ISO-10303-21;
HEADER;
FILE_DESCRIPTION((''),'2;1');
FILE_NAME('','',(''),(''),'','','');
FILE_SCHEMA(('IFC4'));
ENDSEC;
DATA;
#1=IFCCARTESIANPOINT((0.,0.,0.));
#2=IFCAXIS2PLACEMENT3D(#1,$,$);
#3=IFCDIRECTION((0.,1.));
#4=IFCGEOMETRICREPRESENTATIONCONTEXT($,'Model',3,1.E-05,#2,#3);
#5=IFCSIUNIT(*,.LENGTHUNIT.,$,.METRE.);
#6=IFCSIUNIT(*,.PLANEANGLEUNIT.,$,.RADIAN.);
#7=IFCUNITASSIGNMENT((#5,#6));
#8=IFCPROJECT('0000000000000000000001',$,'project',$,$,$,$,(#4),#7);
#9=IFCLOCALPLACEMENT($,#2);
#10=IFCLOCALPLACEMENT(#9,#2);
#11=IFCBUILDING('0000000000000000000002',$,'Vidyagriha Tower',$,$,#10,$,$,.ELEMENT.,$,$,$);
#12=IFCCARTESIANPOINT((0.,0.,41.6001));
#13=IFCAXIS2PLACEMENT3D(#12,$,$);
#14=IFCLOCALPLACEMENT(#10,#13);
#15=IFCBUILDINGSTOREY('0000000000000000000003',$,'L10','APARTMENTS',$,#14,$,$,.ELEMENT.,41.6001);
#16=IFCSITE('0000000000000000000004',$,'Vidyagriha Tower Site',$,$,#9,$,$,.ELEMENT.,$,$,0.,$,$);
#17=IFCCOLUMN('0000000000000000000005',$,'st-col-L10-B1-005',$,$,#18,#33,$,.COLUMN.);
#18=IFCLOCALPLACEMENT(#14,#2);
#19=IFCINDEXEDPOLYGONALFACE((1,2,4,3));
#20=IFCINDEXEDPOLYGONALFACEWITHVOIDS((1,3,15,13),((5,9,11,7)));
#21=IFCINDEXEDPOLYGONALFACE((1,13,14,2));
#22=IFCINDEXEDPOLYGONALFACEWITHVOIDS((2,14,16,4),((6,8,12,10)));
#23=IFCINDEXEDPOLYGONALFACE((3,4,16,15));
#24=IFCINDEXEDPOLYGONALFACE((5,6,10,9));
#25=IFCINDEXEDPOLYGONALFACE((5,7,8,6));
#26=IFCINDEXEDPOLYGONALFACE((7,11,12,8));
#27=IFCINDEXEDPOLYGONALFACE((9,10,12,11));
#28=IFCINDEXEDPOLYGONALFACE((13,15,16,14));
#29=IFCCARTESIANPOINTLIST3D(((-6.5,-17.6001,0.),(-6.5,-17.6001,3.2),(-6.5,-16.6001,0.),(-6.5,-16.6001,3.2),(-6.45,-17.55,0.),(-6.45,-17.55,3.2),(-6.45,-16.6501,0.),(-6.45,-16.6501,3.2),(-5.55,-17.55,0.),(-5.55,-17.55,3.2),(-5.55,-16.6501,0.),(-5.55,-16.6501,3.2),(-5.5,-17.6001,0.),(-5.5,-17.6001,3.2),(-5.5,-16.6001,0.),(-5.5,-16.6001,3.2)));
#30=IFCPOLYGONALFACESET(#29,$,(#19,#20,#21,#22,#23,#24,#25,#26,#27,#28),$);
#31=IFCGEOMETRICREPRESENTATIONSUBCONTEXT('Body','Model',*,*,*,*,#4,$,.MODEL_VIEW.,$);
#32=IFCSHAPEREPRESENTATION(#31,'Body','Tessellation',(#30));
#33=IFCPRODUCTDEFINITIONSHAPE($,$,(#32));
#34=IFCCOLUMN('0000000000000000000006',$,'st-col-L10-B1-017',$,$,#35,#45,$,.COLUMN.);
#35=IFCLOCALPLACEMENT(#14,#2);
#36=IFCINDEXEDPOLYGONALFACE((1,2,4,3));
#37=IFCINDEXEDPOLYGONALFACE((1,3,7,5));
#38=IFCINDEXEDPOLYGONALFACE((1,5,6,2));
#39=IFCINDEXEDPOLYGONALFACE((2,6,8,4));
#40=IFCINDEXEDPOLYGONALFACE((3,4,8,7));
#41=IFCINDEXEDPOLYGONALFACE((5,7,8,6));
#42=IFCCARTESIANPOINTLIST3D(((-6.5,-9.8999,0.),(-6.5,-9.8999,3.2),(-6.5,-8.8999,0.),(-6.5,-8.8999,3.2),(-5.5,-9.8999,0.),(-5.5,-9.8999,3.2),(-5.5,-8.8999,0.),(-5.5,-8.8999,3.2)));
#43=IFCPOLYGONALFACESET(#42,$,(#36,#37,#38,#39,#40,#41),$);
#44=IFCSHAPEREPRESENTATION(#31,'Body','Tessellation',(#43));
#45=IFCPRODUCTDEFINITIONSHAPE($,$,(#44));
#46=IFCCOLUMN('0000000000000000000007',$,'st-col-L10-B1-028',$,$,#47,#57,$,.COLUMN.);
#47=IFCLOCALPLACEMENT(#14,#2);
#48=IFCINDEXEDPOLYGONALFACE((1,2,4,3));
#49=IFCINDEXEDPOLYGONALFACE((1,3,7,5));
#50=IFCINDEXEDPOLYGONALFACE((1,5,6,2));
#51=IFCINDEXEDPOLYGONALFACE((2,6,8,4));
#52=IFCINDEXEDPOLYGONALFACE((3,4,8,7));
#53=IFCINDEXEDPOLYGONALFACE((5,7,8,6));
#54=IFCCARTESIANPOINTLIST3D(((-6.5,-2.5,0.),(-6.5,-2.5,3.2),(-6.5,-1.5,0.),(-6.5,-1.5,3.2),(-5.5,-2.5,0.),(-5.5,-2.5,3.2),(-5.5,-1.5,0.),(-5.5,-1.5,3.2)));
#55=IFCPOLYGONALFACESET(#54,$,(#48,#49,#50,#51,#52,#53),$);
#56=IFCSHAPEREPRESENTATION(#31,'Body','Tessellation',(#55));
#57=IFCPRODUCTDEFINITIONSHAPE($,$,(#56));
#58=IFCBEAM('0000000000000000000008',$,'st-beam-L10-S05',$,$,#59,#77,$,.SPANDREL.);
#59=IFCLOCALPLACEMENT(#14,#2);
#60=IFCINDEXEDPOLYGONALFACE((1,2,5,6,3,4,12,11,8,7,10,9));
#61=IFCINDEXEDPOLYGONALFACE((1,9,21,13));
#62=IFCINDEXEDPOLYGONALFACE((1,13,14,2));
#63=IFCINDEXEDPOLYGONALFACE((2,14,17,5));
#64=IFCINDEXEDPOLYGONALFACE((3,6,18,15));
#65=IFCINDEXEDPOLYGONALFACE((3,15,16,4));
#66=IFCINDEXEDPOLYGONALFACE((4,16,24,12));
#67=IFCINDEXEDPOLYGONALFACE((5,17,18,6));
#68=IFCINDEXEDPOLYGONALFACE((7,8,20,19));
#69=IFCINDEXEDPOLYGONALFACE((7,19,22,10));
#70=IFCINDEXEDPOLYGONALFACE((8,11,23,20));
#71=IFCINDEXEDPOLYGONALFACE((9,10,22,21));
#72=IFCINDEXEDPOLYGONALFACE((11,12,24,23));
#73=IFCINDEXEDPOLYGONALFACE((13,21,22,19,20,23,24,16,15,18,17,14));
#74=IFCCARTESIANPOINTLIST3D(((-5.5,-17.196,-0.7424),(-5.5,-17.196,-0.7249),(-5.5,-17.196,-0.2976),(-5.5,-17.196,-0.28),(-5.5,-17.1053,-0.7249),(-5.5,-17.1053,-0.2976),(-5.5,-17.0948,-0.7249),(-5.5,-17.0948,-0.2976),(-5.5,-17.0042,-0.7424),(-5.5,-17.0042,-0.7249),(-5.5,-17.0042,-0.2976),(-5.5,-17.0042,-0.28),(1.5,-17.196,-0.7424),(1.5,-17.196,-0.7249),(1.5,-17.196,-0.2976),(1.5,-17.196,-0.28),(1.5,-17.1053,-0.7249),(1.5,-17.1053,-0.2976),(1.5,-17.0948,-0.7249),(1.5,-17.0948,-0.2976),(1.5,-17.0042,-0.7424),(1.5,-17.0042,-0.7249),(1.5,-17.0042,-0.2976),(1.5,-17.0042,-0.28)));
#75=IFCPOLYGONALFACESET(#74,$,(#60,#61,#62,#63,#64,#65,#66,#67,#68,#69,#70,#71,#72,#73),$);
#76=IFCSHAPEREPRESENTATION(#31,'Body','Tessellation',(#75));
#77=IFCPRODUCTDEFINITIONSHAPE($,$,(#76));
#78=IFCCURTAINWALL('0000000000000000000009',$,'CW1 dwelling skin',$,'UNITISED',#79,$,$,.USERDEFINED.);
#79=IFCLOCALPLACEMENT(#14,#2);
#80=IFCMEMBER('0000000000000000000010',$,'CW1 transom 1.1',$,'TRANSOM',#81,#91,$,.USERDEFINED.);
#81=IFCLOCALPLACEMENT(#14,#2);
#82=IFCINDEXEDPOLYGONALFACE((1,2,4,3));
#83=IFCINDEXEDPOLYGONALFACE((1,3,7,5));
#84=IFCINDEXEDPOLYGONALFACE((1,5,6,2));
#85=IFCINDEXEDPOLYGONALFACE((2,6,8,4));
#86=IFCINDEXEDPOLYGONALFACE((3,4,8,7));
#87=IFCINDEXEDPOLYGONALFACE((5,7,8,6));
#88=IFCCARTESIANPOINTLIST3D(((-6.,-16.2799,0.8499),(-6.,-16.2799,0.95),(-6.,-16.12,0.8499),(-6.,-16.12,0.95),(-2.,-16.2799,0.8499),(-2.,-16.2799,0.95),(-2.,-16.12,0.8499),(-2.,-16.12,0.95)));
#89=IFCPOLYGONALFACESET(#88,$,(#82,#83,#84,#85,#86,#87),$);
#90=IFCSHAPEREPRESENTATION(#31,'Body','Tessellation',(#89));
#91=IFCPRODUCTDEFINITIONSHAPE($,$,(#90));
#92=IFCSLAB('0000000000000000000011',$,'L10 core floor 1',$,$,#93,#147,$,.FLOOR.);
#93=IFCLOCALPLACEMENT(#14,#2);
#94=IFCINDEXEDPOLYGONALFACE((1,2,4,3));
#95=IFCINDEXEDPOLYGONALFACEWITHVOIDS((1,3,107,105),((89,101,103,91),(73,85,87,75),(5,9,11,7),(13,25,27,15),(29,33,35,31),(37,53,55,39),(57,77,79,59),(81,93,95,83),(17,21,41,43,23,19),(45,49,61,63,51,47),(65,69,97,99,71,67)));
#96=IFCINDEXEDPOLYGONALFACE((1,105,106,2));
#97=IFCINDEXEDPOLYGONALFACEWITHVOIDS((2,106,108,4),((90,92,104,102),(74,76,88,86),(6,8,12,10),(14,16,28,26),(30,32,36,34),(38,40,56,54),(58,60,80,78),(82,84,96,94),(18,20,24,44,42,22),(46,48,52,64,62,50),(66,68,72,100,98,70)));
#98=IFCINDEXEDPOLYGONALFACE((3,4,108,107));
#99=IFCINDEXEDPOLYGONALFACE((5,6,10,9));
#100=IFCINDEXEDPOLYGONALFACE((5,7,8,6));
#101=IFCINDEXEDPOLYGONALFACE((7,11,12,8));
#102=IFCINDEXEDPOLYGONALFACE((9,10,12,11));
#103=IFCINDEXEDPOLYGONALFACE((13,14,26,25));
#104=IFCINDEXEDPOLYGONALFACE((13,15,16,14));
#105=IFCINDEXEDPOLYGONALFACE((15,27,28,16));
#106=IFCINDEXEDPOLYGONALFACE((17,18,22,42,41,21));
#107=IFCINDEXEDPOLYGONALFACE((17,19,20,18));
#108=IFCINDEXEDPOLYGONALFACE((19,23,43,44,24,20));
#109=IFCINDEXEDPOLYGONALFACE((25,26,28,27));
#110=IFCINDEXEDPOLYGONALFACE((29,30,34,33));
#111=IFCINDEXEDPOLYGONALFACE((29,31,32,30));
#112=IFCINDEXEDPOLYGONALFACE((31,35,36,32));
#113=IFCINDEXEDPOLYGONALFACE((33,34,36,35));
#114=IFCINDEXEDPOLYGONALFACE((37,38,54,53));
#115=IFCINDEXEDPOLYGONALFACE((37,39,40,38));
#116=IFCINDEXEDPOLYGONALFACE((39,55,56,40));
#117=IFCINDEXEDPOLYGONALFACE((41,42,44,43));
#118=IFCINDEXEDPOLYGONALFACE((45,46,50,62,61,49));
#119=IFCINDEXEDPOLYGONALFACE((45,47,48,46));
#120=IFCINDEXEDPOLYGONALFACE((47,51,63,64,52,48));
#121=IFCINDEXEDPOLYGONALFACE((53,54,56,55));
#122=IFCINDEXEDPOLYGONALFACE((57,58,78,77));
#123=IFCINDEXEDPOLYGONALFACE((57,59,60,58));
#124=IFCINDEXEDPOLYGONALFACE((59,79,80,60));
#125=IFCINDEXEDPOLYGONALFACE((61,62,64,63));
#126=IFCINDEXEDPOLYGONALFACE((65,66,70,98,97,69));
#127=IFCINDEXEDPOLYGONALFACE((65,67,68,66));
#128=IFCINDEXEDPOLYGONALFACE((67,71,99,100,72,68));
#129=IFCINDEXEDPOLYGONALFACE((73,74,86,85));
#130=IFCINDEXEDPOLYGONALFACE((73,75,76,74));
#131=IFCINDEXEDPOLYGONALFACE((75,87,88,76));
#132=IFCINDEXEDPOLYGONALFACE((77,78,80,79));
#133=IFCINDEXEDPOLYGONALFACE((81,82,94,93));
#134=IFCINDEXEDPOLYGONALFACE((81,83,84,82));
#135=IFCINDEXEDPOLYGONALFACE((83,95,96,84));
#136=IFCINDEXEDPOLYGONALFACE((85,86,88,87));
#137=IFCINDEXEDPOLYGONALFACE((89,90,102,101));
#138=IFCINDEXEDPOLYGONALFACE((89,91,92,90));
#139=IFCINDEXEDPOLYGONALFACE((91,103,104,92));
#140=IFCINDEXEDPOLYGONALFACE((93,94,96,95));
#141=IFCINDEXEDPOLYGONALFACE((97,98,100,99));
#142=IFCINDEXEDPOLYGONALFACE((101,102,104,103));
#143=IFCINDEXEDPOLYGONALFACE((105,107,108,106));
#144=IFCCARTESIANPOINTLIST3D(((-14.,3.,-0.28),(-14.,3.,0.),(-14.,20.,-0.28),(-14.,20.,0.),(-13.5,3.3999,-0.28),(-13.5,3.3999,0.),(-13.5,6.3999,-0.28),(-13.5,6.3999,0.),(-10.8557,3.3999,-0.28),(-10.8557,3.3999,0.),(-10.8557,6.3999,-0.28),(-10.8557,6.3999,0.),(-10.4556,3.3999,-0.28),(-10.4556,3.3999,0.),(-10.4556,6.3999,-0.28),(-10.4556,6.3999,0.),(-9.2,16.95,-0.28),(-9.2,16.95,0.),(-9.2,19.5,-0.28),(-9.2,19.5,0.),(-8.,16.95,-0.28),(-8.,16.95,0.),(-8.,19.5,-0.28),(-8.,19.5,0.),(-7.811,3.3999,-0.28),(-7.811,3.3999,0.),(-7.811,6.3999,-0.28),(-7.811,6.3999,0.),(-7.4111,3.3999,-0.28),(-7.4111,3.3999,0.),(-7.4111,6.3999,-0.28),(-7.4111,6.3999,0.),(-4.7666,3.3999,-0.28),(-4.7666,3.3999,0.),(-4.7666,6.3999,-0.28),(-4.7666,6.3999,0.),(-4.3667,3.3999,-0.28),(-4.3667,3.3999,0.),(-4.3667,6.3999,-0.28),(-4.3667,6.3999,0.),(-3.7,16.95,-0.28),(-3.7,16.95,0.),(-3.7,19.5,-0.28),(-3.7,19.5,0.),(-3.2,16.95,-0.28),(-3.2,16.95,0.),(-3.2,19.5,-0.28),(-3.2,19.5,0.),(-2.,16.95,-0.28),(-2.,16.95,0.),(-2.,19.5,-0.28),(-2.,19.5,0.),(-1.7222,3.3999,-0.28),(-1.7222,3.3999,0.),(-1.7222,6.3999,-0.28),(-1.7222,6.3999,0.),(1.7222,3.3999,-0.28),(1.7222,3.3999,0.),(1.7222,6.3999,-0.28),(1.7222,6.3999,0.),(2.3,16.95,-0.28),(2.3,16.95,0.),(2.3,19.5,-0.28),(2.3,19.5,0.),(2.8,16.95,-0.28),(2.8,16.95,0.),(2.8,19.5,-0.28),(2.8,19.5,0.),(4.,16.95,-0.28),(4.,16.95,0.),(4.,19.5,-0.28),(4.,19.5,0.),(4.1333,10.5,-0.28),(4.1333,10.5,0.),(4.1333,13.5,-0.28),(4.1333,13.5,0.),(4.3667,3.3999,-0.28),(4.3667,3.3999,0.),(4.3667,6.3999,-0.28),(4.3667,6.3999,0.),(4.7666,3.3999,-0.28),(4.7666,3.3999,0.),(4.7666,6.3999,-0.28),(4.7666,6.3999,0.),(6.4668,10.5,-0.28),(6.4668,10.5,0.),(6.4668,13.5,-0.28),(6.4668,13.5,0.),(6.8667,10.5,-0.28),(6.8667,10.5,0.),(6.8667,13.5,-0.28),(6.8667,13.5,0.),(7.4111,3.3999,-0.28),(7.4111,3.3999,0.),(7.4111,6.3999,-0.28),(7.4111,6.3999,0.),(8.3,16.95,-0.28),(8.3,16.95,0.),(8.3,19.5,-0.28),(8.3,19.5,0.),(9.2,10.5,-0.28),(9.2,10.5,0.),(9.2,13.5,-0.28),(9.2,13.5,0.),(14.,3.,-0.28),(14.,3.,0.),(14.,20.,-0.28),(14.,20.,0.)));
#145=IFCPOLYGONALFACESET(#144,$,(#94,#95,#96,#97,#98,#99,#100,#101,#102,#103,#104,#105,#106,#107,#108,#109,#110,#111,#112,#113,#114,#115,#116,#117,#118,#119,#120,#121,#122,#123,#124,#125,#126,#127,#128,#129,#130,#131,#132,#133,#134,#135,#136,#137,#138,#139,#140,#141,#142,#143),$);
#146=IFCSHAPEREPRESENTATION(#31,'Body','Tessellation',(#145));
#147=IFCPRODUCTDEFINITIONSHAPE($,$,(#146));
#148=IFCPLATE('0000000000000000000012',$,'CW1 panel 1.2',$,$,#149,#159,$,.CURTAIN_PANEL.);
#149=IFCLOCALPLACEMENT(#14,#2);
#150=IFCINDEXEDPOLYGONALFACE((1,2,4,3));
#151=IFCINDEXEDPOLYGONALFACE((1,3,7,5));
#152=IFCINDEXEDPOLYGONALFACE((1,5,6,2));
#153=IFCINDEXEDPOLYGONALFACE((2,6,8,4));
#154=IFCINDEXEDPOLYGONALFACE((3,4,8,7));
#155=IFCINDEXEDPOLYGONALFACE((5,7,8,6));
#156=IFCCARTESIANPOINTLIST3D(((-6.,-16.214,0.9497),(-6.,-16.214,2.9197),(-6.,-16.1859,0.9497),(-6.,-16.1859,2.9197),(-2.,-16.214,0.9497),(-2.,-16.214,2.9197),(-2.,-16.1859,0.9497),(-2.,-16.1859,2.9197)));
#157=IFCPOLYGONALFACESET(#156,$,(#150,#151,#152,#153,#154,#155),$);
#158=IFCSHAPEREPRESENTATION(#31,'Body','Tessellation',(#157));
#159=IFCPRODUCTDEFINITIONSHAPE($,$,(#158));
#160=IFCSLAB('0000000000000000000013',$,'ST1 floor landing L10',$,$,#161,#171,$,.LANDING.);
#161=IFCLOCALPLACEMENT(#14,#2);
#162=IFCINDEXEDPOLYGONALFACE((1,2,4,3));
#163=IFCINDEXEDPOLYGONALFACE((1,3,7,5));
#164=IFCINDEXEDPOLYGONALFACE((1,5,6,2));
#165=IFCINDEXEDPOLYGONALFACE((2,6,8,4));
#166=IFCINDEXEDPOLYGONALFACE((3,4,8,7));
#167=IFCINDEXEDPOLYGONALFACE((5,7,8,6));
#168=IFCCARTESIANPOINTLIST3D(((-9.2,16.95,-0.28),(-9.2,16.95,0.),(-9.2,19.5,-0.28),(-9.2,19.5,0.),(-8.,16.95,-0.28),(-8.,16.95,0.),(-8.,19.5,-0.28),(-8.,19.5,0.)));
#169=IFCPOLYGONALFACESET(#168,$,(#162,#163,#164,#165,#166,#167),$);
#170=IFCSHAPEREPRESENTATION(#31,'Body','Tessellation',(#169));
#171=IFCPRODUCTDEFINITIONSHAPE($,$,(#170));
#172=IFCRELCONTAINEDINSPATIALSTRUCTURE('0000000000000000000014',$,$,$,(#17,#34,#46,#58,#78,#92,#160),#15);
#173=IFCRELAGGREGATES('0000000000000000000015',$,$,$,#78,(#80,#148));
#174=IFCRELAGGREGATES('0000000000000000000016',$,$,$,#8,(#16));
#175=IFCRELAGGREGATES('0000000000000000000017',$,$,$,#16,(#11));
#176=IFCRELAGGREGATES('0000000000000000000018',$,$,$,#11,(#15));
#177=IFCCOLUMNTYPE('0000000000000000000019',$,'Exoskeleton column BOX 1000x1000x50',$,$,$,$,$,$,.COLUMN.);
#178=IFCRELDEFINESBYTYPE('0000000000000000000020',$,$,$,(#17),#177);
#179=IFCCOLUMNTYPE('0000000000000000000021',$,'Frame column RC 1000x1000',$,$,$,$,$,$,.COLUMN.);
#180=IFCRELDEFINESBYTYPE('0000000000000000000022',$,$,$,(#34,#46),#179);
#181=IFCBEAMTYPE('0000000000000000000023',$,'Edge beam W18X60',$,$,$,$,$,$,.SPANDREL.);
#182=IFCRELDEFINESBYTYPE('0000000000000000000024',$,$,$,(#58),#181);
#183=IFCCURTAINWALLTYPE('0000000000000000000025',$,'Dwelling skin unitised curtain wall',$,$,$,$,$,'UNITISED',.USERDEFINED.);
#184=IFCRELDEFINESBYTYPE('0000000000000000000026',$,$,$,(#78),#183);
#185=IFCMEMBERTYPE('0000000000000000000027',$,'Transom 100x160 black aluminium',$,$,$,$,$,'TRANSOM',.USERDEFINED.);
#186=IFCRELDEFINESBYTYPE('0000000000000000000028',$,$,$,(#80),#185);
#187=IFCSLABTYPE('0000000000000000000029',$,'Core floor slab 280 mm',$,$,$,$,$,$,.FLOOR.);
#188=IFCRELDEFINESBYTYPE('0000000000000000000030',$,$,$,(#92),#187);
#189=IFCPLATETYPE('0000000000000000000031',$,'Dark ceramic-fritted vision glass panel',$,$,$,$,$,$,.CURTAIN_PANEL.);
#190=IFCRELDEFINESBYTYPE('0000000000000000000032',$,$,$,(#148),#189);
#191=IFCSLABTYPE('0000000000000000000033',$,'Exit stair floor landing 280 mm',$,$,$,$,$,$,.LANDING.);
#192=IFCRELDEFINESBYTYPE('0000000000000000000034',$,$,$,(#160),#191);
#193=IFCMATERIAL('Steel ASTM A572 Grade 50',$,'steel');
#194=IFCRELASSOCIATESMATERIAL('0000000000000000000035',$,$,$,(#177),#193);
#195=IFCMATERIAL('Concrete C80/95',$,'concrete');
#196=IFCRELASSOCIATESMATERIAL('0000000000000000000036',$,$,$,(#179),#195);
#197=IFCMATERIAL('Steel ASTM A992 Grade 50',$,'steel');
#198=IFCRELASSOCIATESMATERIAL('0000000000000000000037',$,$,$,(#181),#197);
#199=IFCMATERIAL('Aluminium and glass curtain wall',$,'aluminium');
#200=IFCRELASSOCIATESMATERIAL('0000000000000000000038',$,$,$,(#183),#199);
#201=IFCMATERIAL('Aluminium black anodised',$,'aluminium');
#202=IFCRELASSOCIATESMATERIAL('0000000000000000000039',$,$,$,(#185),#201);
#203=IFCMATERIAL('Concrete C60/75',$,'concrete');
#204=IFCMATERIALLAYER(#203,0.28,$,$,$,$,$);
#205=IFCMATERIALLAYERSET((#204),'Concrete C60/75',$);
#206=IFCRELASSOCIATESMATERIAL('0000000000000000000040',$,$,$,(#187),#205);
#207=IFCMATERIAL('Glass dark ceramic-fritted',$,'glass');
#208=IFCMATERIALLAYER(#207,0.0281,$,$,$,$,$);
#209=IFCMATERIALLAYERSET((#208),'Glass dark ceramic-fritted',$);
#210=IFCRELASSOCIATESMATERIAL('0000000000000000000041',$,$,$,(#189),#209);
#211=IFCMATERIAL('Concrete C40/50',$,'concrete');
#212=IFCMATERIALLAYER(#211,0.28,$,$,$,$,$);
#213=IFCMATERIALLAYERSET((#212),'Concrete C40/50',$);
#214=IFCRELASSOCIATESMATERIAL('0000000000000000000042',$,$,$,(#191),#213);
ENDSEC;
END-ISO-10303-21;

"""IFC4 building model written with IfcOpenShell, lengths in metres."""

from ifc_helpers import new_model, si_unit, direction, frame, origin, origin_2d, place, context, subcontext, project, spatial, polyline, rectangle, hollow_rectangle, i_section, outline, extrude, material, layer, layer_set, material_profile, profile_set, type_object, element, aggregate, save


model = new_model("IFC4")

# Units and contexts
model_context = context("Model", 3, precision=1e-05, world=origin(), true_north=direction((0.0, 1.0)))
body_context = subcontext(model_context, "Body", "Model", "MODEL_VIEW")
ifc_project = project(units=[si_unit("LENGTHUNIT", "METRE"), si_unit("PLANEANGLEUNIT", "RADIAN")], contexts=[model_context])

# Site, building, storey
site_placement = place(None, origin())
site = spatial("IfcSite", under=ifc_project, at=site_placement, Name="Vidyagriha Tower Site", CompositionType="ELEMENT", RefElevation=0.0)
building_placement = place(site_placement, origin())
building = spatial("IfcBuilding", under=site, at=building_placement, Name="Vidyagriha Tower", CompositionType="ELEMENT")
storey_placement = place(building_placement, frame((0.0, 0.0, 41.6001)))
storey = spatial("IfcBuildingStorey", under=building, at=storey_placement, Name="L10", Description="APARTMENTS", CompositionType="ELEMENT", Elevation=41.6001)

# Columns
ifc_material_1 = material(Name="Steel ASTM A572 Grade 50", Category="steel")
ifc_material_profile_1 = material_profile(ifc_material_1, hollow_rectangle(XDim=1.0, YDim=1.0, WallThickness=0.05, at=origin_2d()), Name="BOX 1000x1000x50")
ifc_profile_set_1 = profile_set([ifc_material_profile_1], Name="Steel ASTM A572 Grade 50")
column_type_1 = type_object("IfcColumnType", Name="Exoskeleton column BOX 1000x1000x50", PredefinedType="COLUMN", material=ifc_profile_set_1)
column_placement = place(storey_placement, frame((-6.0, -17.1001, 0.0)))
element("IfcColumn", 1, at=column_placement, inside=storey, type_object=column_type_1, Name="st-col-L10-B1-005", PredefinedType="COLUMN", context=body_context, shape_type="SweptSolid", body=[
    extrude(hollow_rectangle(XDim=1.0, YDim=1.0, WallThickness=0.05, at=origin_2d()), origin(), (0.0, 0.0, 1.0), 3.2),
])
ifc_material_2 = material(Name="Concrete C80/95", Category="concrete")
ifc_material_profile_2 = material_profile(ifc_material_2, rectangle(XDim=1.0, YDim=1.0, at=origin_2d()), Name="RC 1000x1000")
ifc_profile_set_2 = profile_set([ifc_material_profile_2], Name="Concrete C80/95")
column_type_2 = type_object("IfcColumnType", Name="Frame column RC 1000x1000", PredefinedType="COLUMN", material=ifc_profile_set_2)
for number, where, name in (
    (2, (-6.0, -9.3999, 0.0), "st-col-L10-B1-017"),
    (3, (-6.0, -2.0, 0.0), "st-col-L10-B1-028"),
):
    element("IfcColumn", number, at=place(storey_placement, frame(where)), inside=storey, type_object=column_type_2, Name=name, PredefinedType="COLUMN", context=body_context, shape_type="SweptSolid", body=[
        extrude(rectangle(XDim=1.0, YDim=1.0, at=origin_2d()), origin(), (0.0, 0.0, 1.0), 3.2),
    ])

# Beam
ifc_material_3 = material(Name="Steel ASTM A992 Grade 50", Category="steel")
ifc_material_profile_3 = material_profile(ifc_material_3, i_section(OverallWidth=0.1919, OverallDepth=0.4624, WebThickness=0.0105, FlangeThickness=0.0176, at=origin_2d()), Name="W18X60")
ifc_profile_set_3 = profile_set([ifc_material_profile_3], Name="Steel ASTM A992 Grade 50")
beam_type = type_object("IfcBeamType", Name="Edge beam W18X60", PredefinedType="SPANDREL", material=ifc_profile_set_3)
beam_placement = place(storey_placement, frame((-5.5, -17.1001, -0.5112), z_axis=(1.0, 0.0, 0.0), x_axis=(0.0, 1.0, 0.0)))
element("IfcBeam", 4, at=beam_placement, inside=storey, type_object=beam_type, Name="st-beam-L10-S05", PredefinedType="SPANDREL", context=body_context, shape_type="SweptSolid", body=[
    extrude(i_section(OverallWidth=0.1919, OverallDepth=0.4624, WebThickness=0.0105, FlangeThickness=0.0176, at=origin_2d()), origin(), (0.0, 0.0, 1.0), 7.0),
])

# Curtain wall, member
ifc_material_4 = material(Name="Aluminium and glass curtain wall", Category="aluminium")
curtain_wall_type = type_object("IfcCurtainWallType", Name="Dwelling skin unitised curtain wall", ElementType="UNITISED", PredefinedType="USERDEFINED", material=ifc_material_4)
curtain_wall_placement = place(storey_placement, origin())
curtain_wall = element("IfcCurtainWall", 5, at=curtain_wall_placement, inside=storey, type_object=curtain_wall_type, Name="CW1 dwelling skin", ObjectType="UNITISED", PredefinedType="USERDEFINED")
ifc_material_5 = material(Name="Aluminium black anodised", Category="aluminium")
ifc_material_profile_4 = material_profile(ifc_material_5, rectangle(XDim=0.1599, YDim=0.1001, at=origin_2d()), Name="Transom 100x160 black aluminium")
ifc_profile_set_4 = profile_set([ifc_material_profile_4], Name="Aluminium black anodised")
member_type = type_object("IfcMemberType", Name="Transom 100x160 black aluminium", ElementType="TRANSOM", PredefinedType="USERDEFINED", material=ifc_profile_set_4)
member_placement = place(storey_placement, frame((-6.0, -16.2, 0.8999), z_axis=(1.0, 0.0, 0.0), x_axis=(0.0, 1.0, 0.0)))
member = element("IfcMember", 6, at=member_placement, type_object=member_type, Name="CW1 transom 1.1", ObjectType="TRANSOM", PredefinedType="USERDEFINED", context=body_context, shape_type="SweptSolid", body=[
    extrude(rectangle(XDim=0.1599, YDim=0.1001, at=origin_2d()), origin(), (0.0, 0.0, 1.0), 4.0),
])

# Slab
ifc_material_6 = material(Name="Concrete C60/75", Category="concrete")
ifc_layer_1 = layer(ifc_material_6, 0.28)
ifc_layer_set_1 = layer_set([ifc_layer_1], Name="Concrete C60/75")
slab_type_1 = type_object("IfcSlabType", Name="Core floor slab 280 mm", PredefinedType="FLOOR", material=ifc_layer_set_1)
slab_1_placement = place(storey_placement, frame((0.0, 0.0, -0.28)))
element("IfcSlab", 7, at=slab_1_placement, inside=storey, type_object=slab_type_1, Name="L10 core floor 1", PredefinedType="FLOOR", context=body_context, shape_type="SweptSolid", body=[
    extrude(outline(polyline([(-14.0, 3.0), (-14.0, 20.0), (14.0, 20.0), (14.0, 3.0), (-14.0, 3.0)]), holes=[polyline([(9.2, 13.5), (6.8667, 13.5), (6.8667, 10.5), (9.2, 10.5), (9.2, 13.5)]), polyline([(4.0, 19.5), (2.8, 19.5), (2.8, 16.95), (4.0, 16.95), (8.3, 16.95), (8.3, 19.5), (4.0, 19.5)]), polyline([(7.4111, 6.3999), (4.7666, 6.3999), (4.7666, 3.3999), (7.4111, 3.3999), (7.4111, 6.3999)]), polyline([(6.4668, 13.5), (4.1333, 13.5), (4.1333, 10.5), (6.4668, 10.5), (6.4668, 13.5)]), polyline([(1.7222, 6.3999), (1.7222, 3.3999), (4.3667, 3.3999), (4.3667, 6.3999), (1.7222, 6.3999)]), polyline([(-2.0, 16.95), (2.3, 16.95), (2.3, 19.5), (-2.0, 19.5), (-3.2, 19.5), (-3.2, 16.95), (-2.0, 16.95)]), polyline([(-1.7222, 6.3999), (-4.3667, 6.3999), (-4.3667, 3.3999), (-1.7222, 3.3999), (-1.7222, 6.3999)]), polyline([(-8.0, 19.5), (-9.2, 19.5), (-9.2, 16.95), (-8.0, 16.95), (-3.7, 16.95), (-3.7, 19.5), (-8.0, 19.5)]), polyline([(-4.7666, 6.3999), (-7.4111, 6.3999), (-7.4111, 3.3999), (-4.7666, 3.3999), (-4.7666, 6.3999)]), polyline([(-7.811, 6.3999), (-10.4556, 6.3999), (-10.4556, 3.3999), (-7.811, 3.3999), (-7.811, 6.3999)]), polyline([(-13.5, 6.3999), (-13.5, 3.3999), (-10.8557, 3.3999), (-10.8557, 6.3999), (-13.5, 6.3999)])]), origin(), (0.0, 0.0, 1.0), 0.28),
])

# Plate
ifc_material_7 = material(Name="Glass dark ceramic-fritted", Category="glass")
ifc_layer_2 = layer(ifc_material_7, 0.0281)
ifc_layer_set_2 = layer_set([ifc_layer_2], Name="Glass dark ceramic-fritted")
plate_type_1 = type_object("IfcPlateType", Name="Dark ceramic-fritted vision glass panel", PredefinedType="CURTAIN_PANEL", material=ifc_layer_set_2)
plate_1_placement = place(storey_placement, frame((-4.0, -16.2, 0.9497)))
plate_1 = element("IfcPlate", 8, at=plate_1_placement, type_object=plate_type_1, Name="CW1 panel 1.2", PredefinedType="CURTAIN_PANEL", context=body_context, shape_type="SweptSolid", body=[
    extrude(rectangle(XDim=4.0, YDim=0.0281, at=origin_2d()), origin(), (0.0, 0.0, 1.0), 1.97),
])

# Slab
ifc_material_8 = material(Name="Concrete C40/50", Category="concrete")
ifc_layer_3 = layer(ifc_material_8, 0.28)
ifc_layer_set_3 = layer_set([ifc_layer_3], Name="Concrete C40/50")
slab_type_2 = type_object("IfcSlabType", Name="Exit stair floor landing 280 mm", PredefinedType="LANDING", material=ifc_layer_set_3)
slab_2_placement = place(storey_placement, frame((0.0, 0.0, -0.28)))
element("IfcSlab", 9, at=slab_2_placement, inside=storey, type_object=slab_type_2, Name="ST1 floor landing L10", PredefinedType="LANDING", context=body_context, shape_type="SweptSolid", body=[
    extrude(outline(polyline([(-9.2, 16.95), (-8.0, 16.95), (-8.0, 19.5), (-9.2, 19.5), (-9.2, 16.95)])), origin(), (0.0, 0.0, 1.0), 0.28),
])

aggregate(curtain_wall, [member, plate_1])

save(model, "model.ifc")
